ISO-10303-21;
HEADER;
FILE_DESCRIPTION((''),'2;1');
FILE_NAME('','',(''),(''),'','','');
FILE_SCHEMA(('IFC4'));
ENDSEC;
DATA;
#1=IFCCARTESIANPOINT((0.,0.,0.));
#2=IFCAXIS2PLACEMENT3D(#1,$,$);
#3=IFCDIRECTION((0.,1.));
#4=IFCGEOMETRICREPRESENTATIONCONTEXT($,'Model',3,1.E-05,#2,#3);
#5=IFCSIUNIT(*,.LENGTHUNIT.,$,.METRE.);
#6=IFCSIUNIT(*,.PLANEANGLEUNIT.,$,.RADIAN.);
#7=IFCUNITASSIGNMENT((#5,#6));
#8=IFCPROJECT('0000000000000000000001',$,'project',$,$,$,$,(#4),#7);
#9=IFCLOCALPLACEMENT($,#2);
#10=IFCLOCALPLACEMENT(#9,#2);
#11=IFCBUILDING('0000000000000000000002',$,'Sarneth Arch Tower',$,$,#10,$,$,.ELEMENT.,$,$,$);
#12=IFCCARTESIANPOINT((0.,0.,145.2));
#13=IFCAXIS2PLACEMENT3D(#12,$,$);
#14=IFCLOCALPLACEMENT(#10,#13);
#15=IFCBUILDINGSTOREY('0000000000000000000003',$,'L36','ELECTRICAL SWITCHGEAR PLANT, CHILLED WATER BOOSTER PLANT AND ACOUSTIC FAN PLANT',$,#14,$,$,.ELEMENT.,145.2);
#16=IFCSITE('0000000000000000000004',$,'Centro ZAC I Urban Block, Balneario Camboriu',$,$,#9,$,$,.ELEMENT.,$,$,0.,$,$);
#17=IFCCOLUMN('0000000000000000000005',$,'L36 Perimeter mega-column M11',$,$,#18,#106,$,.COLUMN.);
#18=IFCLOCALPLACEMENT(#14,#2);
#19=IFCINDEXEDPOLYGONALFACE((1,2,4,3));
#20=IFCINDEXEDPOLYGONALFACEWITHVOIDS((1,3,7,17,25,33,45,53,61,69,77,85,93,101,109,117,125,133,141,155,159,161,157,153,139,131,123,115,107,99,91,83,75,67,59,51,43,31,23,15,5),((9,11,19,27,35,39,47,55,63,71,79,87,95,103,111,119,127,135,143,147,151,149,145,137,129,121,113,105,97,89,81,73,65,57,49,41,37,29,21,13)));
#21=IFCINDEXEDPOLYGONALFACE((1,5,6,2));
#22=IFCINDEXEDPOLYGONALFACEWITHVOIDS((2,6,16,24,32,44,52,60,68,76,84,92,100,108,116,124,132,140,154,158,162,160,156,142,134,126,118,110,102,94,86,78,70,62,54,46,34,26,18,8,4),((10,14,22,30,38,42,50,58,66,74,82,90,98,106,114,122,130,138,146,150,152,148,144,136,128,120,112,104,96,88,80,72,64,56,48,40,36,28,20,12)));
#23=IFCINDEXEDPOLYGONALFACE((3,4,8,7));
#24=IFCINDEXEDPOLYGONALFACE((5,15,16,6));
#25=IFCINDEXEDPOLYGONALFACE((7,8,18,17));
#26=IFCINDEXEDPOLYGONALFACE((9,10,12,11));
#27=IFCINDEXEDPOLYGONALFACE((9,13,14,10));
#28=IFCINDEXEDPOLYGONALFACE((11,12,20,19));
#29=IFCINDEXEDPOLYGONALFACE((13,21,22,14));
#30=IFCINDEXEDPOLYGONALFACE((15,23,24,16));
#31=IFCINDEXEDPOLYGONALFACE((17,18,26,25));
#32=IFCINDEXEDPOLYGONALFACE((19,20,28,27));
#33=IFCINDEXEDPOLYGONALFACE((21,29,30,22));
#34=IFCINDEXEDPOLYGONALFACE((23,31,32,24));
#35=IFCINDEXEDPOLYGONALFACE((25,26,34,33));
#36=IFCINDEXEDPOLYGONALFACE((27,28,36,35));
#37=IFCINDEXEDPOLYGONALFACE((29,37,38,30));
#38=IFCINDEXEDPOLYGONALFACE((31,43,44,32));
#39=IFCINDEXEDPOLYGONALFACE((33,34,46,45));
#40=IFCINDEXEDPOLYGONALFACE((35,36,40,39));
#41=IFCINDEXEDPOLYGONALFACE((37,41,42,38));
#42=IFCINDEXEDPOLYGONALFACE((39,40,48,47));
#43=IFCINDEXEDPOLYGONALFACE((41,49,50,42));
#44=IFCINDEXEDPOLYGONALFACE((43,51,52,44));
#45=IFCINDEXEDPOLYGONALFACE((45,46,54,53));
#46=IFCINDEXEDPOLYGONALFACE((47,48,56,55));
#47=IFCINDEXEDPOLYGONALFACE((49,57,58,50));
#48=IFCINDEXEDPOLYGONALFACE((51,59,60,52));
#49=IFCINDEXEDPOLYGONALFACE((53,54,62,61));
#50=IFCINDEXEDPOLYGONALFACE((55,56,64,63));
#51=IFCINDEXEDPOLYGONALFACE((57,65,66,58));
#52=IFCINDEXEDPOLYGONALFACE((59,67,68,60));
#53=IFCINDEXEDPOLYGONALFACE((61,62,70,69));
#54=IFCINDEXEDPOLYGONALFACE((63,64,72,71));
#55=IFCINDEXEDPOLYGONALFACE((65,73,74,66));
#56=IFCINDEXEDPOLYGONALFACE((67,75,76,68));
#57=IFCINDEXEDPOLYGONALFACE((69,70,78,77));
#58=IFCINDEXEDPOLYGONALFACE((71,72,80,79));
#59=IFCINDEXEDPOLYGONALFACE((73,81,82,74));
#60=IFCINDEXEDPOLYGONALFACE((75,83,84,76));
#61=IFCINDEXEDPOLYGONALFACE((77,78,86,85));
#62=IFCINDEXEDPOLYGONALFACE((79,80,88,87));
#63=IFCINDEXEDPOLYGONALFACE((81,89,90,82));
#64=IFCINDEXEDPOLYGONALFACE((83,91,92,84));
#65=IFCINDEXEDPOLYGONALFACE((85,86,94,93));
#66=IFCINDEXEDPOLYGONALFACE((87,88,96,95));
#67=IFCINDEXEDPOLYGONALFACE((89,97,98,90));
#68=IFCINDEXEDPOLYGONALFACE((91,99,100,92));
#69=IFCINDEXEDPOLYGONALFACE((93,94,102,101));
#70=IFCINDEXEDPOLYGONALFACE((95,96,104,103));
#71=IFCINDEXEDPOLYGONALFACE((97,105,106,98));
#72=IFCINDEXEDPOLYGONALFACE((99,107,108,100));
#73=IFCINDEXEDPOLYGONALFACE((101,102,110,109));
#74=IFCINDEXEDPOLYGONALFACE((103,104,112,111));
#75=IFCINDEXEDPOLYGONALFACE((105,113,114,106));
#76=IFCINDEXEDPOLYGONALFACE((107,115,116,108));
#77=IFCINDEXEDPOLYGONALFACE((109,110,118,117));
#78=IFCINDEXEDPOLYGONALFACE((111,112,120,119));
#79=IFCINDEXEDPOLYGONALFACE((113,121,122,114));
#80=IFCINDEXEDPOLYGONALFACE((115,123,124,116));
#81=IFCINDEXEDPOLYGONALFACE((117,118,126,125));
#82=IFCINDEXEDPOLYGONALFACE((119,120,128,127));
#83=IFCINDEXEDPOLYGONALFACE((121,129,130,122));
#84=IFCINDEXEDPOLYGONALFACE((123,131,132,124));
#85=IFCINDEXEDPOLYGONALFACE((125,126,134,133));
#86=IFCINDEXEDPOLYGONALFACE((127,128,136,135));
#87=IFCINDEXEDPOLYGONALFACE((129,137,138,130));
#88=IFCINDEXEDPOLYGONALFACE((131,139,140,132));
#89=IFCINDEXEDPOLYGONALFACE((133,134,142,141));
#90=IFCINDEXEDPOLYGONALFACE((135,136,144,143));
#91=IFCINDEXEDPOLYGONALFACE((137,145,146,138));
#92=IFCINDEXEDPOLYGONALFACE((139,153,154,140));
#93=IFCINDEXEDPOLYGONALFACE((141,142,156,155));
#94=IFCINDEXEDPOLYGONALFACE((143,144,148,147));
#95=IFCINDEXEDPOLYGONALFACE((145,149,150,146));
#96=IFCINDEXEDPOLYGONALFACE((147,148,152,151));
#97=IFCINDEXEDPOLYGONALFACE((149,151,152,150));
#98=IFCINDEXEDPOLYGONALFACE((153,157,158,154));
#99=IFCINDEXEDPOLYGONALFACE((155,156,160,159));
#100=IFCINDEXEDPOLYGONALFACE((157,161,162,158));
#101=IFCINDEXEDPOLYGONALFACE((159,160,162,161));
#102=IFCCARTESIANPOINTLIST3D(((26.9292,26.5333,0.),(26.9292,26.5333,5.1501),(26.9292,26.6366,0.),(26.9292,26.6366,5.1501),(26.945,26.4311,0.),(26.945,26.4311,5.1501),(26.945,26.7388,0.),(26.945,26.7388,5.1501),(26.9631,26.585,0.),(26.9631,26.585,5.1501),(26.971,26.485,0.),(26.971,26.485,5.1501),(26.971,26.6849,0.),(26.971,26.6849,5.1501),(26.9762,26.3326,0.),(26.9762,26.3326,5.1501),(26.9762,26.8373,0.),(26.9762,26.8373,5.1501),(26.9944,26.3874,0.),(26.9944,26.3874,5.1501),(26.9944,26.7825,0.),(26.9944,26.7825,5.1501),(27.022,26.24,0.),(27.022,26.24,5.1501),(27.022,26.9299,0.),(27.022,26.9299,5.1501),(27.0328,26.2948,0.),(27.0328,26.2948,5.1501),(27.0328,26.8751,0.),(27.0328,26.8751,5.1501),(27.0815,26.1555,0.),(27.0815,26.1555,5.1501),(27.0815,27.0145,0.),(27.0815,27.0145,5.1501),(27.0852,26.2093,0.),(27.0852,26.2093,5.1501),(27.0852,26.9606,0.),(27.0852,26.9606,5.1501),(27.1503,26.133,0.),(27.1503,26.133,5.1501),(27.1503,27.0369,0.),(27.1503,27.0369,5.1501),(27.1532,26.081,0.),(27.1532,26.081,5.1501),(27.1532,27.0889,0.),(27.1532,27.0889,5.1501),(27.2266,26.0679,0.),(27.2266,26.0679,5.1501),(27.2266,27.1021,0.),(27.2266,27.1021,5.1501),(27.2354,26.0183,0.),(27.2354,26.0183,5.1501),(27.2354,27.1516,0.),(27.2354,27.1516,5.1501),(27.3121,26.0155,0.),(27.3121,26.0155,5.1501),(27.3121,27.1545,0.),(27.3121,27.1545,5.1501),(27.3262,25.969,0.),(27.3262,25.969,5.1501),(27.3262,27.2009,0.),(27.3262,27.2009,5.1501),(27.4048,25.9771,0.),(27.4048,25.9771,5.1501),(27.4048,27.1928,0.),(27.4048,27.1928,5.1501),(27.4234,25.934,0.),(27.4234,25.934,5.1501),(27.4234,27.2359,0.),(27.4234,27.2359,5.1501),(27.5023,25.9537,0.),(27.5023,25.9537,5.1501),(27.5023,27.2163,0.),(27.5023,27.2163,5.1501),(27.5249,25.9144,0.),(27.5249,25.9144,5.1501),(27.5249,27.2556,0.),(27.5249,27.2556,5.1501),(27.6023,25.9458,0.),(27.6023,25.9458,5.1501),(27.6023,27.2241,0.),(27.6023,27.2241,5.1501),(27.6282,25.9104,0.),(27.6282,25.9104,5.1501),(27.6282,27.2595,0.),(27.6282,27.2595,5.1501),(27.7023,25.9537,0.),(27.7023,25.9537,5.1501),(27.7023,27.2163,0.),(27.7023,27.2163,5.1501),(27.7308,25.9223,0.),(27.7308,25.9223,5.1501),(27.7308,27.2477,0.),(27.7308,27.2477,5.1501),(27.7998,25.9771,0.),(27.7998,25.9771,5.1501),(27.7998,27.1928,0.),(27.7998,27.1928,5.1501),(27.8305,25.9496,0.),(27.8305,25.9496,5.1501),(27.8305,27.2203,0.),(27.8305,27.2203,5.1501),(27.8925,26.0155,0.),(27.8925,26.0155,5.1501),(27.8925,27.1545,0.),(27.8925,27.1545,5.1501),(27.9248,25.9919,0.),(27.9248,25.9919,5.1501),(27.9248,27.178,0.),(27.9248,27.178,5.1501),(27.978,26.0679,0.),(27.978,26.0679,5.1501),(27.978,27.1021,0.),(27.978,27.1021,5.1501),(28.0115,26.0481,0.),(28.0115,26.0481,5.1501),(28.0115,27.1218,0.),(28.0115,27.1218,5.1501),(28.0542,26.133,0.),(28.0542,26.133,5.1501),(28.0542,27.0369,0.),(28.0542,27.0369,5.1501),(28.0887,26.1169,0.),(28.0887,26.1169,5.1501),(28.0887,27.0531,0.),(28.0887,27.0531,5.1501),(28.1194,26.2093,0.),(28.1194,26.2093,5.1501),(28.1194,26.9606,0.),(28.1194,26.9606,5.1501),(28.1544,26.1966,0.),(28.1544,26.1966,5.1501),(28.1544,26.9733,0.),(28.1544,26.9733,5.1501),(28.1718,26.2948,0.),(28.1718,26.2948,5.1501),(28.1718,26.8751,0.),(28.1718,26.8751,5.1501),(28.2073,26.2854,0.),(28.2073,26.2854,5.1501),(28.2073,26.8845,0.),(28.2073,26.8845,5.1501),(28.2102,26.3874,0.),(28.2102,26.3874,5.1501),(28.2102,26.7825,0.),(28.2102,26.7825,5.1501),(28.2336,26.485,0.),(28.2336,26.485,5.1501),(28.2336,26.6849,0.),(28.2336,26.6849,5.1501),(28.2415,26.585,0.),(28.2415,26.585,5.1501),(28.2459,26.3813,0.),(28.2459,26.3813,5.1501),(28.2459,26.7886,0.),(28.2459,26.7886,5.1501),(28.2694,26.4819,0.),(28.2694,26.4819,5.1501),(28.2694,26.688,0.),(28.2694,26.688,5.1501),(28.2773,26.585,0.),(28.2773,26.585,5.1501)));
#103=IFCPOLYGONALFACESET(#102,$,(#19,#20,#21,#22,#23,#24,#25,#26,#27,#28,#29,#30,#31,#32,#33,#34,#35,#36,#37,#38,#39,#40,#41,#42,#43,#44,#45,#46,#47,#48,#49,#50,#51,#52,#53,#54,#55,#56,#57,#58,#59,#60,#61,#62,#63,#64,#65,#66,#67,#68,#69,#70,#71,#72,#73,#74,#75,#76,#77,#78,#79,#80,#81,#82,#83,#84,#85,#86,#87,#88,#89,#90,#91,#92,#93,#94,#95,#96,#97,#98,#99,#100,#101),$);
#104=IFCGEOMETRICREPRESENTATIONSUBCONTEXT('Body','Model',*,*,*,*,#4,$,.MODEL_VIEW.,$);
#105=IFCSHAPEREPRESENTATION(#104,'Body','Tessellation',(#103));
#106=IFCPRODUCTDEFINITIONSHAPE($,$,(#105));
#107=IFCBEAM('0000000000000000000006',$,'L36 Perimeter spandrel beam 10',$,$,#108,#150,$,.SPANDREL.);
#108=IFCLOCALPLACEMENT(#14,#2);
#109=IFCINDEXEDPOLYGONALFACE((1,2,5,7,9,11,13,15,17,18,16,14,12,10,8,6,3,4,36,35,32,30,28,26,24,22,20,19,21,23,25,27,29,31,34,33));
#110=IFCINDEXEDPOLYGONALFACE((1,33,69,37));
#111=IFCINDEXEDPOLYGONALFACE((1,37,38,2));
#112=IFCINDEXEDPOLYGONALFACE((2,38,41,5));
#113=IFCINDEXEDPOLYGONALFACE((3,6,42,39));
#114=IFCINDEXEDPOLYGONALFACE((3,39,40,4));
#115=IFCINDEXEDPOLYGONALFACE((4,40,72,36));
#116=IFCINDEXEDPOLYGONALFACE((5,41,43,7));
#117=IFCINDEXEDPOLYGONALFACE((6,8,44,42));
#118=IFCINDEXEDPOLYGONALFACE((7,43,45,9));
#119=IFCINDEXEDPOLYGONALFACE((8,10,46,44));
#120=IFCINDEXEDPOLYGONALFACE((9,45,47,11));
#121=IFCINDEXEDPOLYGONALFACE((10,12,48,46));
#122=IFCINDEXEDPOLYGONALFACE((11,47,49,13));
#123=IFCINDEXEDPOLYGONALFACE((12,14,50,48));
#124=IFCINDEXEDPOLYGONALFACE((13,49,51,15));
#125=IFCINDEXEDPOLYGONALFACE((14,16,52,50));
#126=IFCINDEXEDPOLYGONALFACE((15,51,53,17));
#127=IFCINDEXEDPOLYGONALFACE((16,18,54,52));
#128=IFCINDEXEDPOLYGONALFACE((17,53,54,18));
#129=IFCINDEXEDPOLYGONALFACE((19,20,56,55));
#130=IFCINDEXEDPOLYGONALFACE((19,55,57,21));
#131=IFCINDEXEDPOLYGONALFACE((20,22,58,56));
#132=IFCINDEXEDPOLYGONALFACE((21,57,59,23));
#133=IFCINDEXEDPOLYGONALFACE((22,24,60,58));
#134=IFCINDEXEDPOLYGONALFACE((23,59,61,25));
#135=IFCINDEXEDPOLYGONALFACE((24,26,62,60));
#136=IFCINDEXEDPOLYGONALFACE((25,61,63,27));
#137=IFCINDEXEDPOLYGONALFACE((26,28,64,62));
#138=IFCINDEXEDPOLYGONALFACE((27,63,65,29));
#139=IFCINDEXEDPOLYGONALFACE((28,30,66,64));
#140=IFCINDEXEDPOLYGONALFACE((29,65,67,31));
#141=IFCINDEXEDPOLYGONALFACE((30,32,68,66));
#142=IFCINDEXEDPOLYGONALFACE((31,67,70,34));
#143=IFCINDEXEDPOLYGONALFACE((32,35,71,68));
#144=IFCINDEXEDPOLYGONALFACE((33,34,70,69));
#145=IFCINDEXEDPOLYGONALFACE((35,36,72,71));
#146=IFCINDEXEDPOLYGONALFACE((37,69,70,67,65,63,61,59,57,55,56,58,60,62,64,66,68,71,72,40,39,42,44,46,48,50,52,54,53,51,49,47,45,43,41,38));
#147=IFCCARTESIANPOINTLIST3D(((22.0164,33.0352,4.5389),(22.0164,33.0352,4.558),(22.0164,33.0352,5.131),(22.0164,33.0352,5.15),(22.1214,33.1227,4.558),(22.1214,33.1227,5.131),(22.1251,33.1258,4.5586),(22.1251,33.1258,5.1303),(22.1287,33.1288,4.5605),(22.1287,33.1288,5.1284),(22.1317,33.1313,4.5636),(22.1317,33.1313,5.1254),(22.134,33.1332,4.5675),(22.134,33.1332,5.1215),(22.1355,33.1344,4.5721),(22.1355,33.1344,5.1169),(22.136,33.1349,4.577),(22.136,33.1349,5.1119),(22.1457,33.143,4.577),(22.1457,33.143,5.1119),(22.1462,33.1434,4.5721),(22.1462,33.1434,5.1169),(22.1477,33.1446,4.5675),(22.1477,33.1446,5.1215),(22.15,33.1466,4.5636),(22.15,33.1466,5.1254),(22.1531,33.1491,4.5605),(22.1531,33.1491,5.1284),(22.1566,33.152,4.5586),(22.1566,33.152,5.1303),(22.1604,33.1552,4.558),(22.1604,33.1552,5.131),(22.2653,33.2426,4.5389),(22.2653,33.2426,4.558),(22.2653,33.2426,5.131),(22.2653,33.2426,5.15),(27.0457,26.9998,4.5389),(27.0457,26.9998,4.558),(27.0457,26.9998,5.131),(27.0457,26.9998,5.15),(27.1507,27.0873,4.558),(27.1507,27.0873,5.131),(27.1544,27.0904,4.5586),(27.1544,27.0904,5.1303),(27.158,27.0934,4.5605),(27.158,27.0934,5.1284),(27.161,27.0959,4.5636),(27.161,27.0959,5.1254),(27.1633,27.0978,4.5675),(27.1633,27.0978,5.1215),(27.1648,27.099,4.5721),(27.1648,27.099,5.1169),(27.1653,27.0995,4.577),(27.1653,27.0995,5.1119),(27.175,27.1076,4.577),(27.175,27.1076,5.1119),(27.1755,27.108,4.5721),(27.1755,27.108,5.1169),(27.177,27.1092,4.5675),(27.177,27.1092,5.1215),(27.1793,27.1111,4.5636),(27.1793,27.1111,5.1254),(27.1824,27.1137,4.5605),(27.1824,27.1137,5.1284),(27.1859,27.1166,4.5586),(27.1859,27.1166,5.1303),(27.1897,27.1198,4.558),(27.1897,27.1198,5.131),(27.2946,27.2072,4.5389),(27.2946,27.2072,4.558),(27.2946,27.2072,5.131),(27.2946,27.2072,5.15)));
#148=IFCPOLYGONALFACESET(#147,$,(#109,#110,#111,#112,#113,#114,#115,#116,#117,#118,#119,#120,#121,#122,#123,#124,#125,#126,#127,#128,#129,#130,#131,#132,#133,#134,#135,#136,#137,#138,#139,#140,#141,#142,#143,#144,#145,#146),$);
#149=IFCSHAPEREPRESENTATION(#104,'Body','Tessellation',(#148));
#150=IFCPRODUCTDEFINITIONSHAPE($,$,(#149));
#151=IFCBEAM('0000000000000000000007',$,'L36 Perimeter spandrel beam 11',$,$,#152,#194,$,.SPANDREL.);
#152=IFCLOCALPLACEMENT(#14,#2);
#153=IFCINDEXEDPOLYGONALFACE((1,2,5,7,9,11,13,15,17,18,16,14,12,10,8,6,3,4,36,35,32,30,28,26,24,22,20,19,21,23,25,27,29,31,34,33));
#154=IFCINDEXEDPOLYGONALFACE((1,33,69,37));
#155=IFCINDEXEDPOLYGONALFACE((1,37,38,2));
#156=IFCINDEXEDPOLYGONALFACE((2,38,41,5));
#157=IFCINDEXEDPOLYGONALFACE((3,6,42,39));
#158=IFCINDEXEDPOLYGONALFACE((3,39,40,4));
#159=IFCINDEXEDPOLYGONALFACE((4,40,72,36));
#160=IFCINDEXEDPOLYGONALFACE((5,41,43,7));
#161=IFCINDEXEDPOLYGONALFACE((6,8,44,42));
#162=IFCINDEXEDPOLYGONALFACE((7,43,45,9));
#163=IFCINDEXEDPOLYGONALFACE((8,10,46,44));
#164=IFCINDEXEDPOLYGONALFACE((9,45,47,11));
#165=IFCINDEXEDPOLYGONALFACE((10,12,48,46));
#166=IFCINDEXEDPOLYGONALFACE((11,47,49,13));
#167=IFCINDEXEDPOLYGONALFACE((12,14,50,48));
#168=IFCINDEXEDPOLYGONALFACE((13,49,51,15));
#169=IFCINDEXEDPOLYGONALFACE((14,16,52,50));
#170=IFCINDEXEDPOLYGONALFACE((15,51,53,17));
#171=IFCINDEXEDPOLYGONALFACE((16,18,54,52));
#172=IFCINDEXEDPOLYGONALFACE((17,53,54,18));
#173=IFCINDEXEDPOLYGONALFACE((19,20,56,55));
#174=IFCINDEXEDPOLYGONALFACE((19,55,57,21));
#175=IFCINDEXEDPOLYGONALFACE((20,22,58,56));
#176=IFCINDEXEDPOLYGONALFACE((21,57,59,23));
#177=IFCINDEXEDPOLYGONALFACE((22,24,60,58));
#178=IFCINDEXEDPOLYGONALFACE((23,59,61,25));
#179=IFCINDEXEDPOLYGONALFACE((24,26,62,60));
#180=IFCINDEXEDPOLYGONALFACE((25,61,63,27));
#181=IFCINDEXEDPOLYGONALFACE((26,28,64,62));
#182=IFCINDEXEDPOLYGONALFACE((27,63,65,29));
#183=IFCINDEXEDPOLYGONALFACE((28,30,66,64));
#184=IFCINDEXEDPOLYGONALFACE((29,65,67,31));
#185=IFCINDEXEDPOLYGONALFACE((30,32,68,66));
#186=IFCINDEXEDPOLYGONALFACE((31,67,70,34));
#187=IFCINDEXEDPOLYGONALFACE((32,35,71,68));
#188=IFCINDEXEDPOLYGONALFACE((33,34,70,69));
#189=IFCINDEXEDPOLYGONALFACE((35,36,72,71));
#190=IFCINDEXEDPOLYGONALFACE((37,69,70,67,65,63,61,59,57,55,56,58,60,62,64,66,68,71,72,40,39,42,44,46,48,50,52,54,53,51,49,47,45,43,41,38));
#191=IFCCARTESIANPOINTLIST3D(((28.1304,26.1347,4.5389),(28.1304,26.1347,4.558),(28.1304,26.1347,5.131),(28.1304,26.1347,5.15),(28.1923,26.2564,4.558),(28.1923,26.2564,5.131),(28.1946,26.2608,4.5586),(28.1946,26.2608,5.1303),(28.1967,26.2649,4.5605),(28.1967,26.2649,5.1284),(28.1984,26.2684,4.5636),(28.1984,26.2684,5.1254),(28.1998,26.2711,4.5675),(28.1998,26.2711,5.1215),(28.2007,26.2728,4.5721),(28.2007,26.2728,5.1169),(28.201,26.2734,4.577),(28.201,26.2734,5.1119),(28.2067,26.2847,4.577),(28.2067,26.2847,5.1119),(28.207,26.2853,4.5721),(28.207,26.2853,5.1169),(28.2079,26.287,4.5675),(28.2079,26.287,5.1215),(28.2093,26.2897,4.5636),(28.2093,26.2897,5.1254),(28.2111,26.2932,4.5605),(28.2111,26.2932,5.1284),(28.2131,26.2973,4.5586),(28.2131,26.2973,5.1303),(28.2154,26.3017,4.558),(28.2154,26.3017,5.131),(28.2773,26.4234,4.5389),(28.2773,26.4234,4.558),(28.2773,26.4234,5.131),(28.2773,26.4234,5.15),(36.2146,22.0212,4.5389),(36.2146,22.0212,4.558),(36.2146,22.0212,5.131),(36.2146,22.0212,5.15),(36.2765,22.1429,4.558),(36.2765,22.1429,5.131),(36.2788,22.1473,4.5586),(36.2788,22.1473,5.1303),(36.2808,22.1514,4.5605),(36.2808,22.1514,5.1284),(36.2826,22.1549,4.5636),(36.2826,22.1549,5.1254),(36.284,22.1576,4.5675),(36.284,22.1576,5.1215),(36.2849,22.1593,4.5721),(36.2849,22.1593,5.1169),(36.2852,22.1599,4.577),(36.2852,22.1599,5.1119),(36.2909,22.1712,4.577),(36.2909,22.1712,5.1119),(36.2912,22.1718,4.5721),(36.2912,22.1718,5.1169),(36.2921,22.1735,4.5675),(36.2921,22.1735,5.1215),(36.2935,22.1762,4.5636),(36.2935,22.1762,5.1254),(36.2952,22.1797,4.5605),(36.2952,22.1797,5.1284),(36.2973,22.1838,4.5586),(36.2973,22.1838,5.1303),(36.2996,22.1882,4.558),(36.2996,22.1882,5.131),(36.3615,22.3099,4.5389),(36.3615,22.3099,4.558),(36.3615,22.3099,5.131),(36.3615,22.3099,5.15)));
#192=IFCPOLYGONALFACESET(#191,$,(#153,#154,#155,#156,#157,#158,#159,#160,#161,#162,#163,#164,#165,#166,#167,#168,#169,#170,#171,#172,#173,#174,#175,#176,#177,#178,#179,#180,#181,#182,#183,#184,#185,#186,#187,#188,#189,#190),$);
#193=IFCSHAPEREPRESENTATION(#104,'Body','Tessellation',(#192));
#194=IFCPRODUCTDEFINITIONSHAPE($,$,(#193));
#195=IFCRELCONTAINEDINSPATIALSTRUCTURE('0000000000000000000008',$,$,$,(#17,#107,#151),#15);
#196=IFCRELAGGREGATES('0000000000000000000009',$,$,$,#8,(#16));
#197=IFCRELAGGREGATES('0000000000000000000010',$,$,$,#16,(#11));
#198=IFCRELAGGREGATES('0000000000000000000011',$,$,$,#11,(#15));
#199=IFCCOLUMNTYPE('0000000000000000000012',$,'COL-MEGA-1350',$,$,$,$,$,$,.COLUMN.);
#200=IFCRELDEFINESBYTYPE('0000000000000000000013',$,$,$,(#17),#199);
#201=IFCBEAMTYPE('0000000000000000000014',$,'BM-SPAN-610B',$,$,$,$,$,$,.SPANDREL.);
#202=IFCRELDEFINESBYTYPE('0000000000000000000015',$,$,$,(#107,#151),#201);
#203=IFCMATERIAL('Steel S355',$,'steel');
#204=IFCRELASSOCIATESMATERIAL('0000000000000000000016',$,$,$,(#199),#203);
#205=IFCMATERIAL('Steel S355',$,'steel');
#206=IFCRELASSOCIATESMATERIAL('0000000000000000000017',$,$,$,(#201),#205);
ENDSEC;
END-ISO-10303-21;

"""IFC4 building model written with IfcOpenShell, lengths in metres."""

from ifc_helpers import new_model, si_unit, direction, frame, origin, origin_2d, place, context, subcontext, project, spatial, hollow_circle, i_section, extrude, material, material_profile, profile_set, type_object, element, save


model = new_model("IFC4")

# Units and contexts
model_context = context("Model", 3, precision=1e-05, world=origin(), true_north=direction((0.0, 1.0)))
body_context = subcontext(model_context, "Body", "Model", "MODEL_VIEW")
ifc_project = project(units=[si_unit("LENGTHUNIT", "METRE"), si_unit("PLANEANGLEUNIT", "RADIAN")], contexts=[model_context])

# Site, building, storey
site_placement = place(None, origin())
site = spatial("IfcSite", under=ifc_project, at=site_placement, Name="Centro ZAC I Urban Block, Balneario Camboriu", CompositionType="ELEMENT", RefElevation=0.0)
building_placement = place(site_placement, origin())
building = spatial("IfcBuilding", under=site, at=building_placement, Name="Sarneth Arch Tower", CompositionType="ELEMENT")
storey_placement = place(building_placement, frame((0.0, 0.0, 145.2)))
storey = spatial("IfcBuildingStorey", under=building, at=storey_placement, Name="L36", Description="ELECTRICAL SWITCHGEAR PLANT, CHILLED WATER BOOSTER PLANT AND ACOUSTIC FAN PLANT", CompositionType="ELEMENT", Elevation=145.2)

# Column
ifc_material_1 = material(Name="Steel S355", Category="steel")
ifc_material_profile_1 = material_profile(ifc_material_1, hollow_circle(Radius=0.675, WallThickness=0.0359, at=origin_2d()), Name="CHS1350x36")
ifc_profile_set_1 = profile_set([ifc_material_profile_1], Name="Steel S355")
column_type = type_object("IfcColumnType", Name="COL-MEGA-1350", PredefinedType="COLUMN", material=ifc_profile_set_1)
column_placement = place(storey_placement, frame((27.6023, 26.585, 0.0), z_axis=(0.0, 0.0, 1.0), x_axis=(1.0, 0.0, 0.0)))
element("IfcColumn", 1, at=column_placement, inside=storey, type_object=column_type, Name="L36 Perimeter mega-column M11", PredefinedType="COLUMN", context=body_context, shape_type="SweptSolid", body=[
    extrude(hollow_circle(Radius=0.675, WallThickness=0.0359, at=origin_2d()), origin(), (0.0, 0.0, 1.0), 5.1501),
])

# Beams
ifc_material_2 = material(Name="Steel S355", Category="steel")
ifc_material_profile_2 = material_profile(ifc_material_2, i_section(OverallWidth=0.324, OverallDepth=0.6111, WebThickness=0.0127, FlangeThickness=0.019, FilletRadius=0.019, at=origin_2d()), Name="W610x155")
ifc_profile_set_2 = profile_set([ifc_material_profile_2], Name="Steel S355")
beam_type = type_object("IfcBeamType", Name="BM-SPAN-610B", PredefinedType="SPANDREL", material=ifc_profile_set_2)
beam_1_placement = place(storey_placement, frame((22.1409, 33.1389, 4.8445), z_axis=(0.640169, -0.768234, 0.0), x_axis=(0.768234, 0.640169, 0.0)))
element("IfcBeam", 2, at=beam_1_placement, inside=storey, type_object=beam_type, Name="L36 Perimeter spandrel beam 10", PredefinedType="SPANDREL", context=body_context, shape_type="SweptSolid", body=[
    extrude(i_section(OverallWidth=0.324, OverallDepth=0.6111, WebThickness=0.0127, FlangeThickness=0.019, FilletRadius=0.019, at=origin_2d()), origin(), (0.0, 0.0, 1.0), 7.8562),
])
beam_2_placement = place(storey_placement, frame((28.2039, 26.2791, 4.8445), z_axis=(0.891256, -0.453501, 0.0), x_axis=(0.453501, 0.891256, 0.0)))
element("IfcBeam", 3, at=beam_2_placement, inside=storey, type_object=beam_type, Name="L36 Perimeter spandrel beam 11", PredefinedType="SPANDREL", context=body_context, shape_type="SweptSolid", body=[
    extrude(i_section(OverallWidth=0.324, OverallDepth=0.6111, WebThickness=0.0127, FlangeThickness=0.019, FilletRadius=0.019, at=origin_2d()), origin(), (0.0, 0.0, 1.0), 9.0706),
])

save(model, "model.ifc")
